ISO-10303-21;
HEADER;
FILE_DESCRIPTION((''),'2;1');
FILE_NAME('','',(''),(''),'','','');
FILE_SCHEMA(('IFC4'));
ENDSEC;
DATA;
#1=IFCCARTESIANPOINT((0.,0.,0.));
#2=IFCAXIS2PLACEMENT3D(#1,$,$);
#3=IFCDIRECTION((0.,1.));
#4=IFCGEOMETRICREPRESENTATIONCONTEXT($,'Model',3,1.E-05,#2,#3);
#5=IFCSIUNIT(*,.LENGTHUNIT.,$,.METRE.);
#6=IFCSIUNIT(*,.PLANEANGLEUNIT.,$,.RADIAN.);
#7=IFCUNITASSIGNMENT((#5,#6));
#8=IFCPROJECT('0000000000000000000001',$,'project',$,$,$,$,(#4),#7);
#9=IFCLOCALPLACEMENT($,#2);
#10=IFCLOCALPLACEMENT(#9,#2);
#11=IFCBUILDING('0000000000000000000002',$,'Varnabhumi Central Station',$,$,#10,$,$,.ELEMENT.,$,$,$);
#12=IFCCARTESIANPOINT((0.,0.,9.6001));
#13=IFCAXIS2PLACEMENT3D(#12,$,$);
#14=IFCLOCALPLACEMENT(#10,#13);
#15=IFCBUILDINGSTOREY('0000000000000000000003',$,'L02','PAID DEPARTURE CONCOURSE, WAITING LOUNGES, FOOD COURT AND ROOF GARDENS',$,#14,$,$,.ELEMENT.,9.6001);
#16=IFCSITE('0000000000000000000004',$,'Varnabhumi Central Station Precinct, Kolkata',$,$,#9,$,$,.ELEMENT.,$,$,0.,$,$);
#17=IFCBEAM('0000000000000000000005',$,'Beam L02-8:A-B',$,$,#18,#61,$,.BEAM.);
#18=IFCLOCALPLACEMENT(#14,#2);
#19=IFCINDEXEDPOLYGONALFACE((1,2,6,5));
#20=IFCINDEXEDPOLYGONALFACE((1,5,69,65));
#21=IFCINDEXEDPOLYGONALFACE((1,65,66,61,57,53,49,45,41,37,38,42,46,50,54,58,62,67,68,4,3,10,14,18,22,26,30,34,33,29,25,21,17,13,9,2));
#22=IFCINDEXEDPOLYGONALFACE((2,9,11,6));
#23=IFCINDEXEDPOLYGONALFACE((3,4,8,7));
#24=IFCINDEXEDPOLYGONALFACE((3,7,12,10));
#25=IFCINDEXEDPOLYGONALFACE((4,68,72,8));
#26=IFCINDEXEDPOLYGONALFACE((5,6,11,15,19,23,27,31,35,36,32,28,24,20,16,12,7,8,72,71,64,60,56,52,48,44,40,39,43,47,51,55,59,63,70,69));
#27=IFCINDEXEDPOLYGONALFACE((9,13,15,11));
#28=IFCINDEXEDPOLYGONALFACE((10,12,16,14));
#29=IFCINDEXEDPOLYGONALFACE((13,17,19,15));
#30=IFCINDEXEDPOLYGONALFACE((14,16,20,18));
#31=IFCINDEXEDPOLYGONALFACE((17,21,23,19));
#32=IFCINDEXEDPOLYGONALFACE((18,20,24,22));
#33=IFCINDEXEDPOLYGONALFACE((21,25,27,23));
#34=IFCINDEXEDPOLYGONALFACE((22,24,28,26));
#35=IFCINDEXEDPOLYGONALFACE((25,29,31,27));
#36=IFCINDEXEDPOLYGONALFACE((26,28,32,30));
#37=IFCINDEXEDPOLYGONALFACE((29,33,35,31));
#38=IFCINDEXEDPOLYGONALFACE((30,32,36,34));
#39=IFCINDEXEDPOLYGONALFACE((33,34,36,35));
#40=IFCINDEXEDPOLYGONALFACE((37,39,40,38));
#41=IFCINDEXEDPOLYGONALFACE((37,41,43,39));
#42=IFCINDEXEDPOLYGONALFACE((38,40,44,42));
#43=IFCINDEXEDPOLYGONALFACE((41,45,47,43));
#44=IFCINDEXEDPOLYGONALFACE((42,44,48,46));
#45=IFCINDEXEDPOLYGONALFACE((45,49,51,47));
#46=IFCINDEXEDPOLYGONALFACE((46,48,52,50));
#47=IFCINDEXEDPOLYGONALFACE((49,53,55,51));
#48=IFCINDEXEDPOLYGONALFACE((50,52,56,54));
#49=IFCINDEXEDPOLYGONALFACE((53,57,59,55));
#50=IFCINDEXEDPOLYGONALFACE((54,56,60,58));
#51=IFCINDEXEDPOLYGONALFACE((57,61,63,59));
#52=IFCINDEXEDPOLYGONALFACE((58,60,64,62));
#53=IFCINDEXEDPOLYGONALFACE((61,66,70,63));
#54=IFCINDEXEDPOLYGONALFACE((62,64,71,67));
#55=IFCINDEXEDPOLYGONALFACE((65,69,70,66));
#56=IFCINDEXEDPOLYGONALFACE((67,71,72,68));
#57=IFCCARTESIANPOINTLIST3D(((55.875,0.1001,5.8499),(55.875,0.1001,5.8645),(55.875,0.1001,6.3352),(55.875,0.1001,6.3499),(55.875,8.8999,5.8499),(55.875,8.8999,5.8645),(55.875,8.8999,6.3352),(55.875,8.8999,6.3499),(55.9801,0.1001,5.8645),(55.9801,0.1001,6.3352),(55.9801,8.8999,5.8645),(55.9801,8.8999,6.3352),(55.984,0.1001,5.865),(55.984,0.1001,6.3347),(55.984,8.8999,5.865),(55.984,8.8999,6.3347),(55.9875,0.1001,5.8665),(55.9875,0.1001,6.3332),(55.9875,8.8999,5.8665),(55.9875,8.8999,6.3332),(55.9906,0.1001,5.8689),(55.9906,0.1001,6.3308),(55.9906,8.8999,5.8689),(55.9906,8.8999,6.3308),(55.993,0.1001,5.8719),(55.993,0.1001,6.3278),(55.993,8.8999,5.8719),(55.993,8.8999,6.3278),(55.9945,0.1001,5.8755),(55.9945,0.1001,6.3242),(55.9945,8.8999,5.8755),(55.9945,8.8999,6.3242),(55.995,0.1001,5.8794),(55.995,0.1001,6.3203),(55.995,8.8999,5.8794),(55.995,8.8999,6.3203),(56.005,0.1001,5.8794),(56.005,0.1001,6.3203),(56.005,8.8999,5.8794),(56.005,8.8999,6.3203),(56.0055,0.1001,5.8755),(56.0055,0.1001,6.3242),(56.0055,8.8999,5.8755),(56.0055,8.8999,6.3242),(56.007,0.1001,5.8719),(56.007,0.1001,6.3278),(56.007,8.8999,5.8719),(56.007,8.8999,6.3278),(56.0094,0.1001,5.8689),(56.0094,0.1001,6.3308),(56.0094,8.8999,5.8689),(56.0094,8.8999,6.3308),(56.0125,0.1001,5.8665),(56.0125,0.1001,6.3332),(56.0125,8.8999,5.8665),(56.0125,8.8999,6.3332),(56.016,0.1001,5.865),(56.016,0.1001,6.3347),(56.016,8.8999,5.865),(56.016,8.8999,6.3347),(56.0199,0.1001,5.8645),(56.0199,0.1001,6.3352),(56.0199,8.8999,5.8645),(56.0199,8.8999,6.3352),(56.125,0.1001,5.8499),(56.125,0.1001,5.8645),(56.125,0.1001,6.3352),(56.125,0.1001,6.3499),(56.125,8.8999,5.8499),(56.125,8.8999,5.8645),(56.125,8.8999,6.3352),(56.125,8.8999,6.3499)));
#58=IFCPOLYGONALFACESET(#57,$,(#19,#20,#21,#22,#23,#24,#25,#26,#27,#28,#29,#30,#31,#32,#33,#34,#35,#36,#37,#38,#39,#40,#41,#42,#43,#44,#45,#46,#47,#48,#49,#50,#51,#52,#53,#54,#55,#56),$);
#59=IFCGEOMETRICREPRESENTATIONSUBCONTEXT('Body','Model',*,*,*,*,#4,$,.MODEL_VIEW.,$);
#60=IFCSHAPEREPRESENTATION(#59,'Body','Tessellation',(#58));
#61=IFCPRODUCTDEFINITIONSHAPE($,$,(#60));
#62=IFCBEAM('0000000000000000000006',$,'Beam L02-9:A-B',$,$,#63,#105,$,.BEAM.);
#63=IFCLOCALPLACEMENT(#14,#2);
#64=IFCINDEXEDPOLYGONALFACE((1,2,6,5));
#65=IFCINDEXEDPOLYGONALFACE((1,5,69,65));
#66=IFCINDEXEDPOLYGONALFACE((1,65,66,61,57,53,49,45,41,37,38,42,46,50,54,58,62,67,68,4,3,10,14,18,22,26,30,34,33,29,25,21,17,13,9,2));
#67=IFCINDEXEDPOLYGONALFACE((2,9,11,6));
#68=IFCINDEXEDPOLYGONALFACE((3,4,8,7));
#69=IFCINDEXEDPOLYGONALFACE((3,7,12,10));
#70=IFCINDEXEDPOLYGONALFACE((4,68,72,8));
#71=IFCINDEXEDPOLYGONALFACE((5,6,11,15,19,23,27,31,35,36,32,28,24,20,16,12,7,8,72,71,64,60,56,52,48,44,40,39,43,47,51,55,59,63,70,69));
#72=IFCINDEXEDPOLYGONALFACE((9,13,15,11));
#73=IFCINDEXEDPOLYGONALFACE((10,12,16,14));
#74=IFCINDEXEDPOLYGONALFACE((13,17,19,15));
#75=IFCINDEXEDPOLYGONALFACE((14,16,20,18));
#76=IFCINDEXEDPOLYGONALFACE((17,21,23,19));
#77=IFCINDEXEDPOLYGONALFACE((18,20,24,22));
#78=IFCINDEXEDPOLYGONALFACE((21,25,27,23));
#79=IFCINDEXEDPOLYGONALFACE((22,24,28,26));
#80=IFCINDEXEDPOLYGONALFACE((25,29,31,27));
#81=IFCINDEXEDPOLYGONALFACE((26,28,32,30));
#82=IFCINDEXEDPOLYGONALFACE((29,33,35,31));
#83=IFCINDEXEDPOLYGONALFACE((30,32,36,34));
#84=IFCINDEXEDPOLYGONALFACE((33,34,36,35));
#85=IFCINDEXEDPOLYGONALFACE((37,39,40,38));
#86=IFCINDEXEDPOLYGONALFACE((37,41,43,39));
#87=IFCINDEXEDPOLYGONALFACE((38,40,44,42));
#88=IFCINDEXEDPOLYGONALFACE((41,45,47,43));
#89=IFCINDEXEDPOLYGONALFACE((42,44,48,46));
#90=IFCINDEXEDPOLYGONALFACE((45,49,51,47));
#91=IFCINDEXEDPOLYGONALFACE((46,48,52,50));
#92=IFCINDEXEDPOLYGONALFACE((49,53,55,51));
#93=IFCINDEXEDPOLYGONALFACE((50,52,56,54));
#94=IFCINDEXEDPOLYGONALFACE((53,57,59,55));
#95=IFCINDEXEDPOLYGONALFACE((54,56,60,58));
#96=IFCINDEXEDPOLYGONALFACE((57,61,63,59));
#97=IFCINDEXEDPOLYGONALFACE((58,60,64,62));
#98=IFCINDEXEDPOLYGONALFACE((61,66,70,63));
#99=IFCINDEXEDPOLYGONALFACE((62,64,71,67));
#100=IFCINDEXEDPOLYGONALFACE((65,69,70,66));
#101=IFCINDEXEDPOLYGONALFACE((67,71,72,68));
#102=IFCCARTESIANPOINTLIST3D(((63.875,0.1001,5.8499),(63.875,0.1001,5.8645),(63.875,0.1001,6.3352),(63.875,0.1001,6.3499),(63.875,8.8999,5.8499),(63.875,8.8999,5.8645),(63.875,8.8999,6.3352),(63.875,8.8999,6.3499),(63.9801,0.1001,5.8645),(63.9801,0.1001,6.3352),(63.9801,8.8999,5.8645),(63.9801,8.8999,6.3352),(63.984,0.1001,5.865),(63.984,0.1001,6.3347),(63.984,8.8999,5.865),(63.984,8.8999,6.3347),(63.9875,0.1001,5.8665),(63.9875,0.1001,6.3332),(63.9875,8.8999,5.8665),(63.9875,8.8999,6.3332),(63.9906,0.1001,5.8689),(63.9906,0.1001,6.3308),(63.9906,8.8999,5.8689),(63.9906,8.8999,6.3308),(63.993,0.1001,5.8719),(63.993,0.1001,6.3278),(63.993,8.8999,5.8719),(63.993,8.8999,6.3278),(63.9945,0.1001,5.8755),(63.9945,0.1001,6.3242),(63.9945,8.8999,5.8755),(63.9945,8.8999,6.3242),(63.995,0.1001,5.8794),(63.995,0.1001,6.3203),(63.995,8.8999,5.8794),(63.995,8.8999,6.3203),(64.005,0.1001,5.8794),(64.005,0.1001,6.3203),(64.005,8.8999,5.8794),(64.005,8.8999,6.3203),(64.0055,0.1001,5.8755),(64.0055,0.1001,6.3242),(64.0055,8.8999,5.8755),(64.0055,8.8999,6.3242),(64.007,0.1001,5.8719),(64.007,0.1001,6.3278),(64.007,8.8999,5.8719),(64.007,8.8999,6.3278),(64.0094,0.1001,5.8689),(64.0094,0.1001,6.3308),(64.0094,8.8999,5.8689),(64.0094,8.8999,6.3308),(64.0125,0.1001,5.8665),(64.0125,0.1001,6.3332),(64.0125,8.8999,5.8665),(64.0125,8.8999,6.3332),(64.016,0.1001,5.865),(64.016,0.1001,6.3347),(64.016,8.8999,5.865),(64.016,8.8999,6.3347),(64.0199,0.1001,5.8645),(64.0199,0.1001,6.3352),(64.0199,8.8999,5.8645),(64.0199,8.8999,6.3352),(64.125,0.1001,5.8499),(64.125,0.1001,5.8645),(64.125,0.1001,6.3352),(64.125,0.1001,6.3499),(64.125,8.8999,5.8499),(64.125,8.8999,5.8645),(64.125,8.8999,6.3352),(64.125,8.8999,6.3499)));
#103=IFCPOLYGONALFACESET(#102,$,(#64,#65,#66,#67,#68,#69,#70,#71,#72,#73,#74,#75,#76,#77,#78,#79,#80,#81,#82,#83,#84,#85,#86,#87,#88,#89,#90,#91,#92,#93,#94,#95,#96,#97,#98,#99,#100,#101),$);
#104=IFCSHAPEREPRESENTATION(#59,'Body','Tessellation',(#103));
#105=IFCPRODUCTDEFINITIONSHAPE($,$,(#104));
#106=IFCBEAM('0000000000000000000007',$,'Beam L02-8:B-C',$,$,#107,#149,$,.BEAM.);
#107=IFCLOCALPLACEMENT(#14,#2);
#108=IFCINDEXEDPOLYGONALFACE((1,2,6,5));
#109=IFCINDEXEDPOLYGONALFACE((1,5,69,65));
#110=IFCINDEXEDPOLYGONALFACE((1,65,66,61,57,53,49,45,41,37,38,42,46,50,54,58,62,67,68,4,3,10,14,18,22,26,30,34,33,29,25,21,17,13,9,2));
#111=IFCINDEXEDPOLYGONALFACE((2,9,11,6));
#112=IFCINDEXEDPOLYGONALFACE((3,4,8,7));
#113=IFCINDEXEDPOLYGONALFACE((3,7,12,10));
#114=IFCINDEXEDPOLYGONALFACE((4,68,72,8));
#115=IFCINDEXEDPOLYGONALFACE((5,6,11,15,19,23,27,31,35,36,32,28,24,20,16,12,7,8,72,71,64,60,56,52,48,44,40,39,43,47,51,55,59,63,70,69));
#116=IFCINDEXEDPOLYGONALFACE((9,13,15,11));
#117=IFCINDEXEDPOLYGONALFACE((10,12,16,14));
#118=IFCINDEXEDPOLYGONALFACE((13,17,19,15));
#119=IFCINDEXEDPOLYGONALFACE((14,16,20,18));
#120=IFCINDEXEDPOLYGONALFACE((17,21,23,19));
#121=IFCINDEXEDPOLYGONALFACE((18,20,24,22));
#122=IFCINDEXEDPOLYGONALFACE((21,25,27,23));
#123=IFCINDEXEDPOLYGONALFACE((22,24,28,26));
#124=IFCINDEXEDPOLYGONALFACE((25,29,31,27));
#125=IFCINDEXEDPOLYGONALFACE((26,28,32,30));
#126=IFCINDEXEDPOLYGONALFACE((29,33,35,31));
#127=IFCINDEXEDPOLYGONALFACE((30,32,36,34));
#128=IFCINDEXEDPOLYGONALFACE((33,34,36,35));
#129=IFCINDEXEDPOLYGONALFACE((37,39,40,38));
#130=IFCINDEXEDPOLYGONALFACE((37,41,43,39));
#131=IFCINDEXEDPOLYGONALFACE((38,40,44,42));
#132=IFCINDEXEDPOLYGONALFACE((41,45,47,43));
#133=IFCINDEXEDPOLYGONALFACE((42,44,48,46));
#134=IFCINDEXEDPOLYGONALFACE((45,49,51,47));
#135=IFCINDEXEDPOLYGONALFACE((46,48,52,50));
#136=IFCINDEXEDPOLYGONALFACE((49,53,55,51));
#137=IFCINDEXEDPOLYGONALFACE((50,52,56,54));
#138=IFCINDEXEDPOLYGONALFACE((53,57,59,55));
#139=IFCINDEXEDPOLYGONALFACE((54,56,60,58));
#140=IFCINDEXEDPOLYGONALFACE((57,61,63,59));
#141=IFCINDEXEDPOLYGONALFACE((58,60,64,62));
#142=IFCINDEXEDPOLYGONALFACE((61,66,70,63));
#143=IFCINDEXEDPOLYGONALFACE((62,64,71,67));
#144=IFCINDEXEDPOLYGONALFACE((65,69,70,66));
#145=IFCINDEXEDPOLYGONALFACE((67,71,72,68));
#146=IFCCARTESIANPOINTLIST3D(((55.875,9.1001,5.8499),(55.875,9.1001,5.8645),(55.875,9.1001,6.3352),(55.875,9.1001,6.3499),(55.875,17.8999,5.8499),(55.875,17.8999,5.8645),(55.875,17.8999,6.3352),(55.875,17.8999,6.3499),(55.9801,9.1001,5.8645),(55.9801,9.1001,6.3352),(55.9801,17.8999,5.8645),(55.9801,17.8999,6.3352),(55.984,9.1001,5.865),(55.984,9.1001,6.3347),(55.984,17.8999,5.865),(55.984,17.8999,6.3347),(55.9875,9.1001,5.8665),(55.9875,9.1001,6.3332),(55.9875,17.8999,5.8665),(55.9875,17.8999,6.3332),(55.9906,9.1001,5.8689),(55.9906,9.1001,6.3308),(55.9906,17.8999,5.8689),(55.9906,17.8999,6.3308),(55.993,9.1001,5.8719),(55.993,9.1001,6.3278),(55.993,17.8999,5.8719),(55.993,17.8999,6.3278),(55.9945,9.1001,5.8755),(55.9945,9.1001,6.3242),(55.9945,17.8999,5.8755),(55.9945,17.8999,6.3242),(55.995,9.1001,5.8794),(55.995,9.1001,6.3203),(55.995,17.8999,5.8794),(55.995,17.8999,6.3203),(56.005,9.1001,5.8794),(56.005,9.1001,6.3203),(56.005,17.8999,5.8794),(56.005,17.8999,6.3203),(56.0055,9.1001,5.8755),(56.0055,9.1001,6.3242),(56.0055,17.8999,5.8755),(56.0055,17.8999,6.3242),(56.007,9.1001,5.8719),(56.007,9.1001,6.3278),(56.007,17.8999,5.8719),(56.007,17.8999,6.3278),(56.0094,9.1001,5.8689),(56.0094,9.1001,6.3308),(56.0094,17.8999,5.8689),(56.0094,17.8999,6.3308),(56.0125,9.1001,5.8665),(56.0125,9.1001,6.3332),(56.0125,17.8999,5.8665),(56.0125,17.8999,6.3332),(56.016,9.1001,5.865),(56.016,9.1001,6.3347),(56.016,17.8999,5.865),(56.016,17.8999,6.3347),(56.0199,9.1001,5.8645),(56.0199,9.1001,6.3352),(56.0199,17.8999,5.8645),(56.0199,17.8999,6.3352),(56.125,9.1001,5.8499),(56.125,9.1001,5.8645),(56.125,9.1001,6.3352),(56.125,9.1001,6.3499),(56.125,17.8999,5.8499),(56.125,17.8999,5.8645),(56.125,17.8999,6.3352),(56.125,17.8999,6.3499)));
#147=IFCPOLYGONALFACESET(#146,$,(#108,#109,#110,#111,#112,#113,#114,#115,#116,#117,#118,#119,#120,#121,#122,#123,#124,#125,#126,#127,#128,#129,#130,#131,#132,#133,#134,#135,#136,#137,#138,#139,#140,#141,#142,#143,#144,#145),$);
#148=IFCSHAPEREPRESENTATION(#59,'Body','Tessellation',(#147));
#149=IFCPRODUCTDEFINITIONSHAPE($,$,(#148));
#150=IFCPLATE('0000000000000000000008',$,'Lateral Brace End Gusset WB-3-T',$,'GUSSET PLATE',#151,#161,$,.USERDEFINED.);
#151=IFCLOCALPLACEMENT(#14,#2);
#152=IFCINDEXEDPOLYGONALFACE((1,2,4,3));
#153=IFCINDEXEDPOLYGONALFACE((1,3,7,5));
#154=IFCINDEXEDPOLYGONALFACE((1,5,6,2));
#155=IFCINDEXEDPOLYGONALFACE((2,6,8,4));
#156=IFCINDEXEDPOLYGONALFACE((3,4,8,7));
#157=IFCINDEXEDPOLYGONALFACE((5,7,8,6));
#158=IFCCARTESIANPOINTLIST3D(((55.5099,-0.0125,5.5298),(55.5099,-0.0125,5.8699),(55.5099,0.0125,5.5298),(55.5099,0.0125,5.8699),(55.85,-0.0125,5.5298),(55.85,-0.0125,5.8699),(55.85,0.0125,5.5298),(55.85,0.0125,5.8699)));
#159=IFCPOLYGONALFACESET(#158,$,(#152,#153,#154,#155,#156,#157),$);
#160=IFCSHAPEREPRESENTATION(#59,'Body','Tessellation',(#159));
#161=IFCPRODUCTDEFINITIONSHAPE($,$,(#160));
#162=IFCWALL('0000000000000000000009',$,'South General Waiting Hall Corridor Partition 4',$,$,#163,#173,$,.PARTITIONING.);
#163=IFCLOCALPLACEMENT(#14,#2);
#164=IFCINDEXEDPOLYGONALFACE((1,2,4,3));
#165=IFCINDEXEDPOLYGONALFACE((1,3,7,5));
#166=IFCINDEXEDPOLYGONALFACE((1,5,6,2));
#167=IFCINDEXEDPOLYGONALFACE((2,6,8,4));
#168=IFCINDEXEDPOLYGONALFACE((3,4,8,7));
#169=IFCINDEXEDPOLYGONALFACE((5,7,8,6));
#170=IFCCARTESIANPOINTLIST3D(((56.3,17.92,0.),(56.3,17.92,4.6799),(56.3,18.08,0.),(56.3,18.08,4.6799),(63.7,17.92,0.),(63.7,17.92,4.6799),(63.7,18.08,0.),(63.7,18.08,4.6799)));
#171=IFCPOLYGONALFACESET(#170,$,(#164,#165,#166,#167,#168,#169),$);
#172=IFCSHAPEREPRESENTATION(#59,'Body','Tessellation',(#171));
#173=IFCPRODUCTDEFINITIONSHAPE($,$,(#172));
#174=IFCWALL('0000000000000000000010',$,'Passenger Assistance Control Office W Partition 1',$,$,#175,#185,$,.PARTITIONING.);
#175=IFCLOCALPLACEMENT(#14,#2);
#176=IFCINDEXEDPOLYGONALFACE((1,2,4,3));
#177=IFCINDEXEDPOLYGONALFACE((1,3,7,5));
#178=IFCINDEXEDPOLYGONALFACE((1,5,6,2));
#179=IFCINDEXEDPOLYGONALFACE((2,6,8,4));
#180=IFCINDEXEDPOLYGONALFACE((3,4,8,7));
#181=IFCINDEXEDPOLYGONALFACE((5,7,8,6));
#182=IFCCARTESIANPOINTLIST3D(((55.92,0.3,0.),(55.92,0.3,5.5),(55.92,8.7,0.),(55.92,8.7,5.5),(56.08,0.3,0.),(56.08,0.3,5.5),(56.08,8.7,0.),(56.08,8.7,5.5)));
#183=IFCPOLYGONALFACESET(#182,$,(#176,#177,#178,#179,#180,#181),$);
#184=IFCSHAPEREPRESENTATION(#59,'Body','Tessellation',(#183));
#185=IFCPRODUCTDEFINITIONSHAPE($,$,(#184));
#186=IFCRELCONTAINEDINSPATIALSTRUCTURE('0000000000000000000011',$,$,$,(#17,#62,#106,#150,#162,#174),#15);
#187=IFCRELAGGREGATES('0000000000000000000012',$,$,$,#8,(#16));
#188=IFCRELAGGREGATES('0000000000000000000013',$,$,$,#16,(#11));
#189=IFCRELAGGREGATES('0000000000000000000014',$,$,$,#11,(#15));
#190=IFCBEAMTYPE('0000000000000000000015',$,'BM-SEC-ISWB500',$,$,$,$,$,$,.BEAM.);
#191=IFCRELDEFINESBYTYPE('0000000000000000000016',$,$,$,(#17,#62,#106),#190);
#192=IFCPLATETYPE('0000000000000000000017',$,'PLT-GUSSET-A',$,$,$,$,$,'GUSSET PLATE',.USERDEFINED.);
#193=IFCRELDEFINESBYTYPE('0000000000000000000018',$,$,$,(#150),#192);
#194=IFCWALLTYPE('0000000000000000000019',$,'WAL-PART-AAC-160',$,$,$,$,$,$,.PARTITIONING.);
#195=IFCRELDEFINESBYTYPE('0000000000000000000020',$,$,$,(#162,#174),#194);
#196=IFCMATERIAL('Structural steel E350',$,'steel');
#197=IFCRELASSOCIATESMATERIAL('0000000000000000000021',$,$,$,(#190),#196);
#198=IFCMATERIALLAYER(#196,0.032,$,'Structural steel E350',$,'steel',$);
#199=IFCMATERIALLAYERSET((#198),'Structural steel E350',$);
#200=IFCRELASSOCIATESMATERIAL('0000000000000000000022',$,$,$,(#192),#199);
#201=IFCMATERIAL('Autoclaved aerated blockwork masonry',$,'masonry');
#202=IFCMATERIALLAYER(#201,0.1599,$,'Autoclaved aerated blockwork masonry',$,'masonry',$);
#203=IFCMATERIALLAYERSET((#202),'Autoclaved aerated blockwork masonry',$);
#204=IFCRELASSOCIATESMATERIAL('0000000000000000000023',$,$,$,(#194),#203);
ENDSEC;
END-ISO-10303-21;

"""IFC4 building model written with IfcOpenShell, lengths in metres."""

from ifc_helpers import new_model, si_unit, direction, frame, frame_2d, origin, origin_2d, place, context, subcontext, project, spatial, rectangle, i_section, extrude, material, layer, layer_set, material_profile, profile_set, type_object, element, save


model = new_model("IFC4")

# Units and contexts
model_context = context("Model", 3, precision=1e-05, world=origin(), true_north=direction((0.0, 1.0)))
body_context = subcontext(model_context, "Body", "Model", "MODEL_VIEW")
ifc_project = project(units=[si_unit("LENGTHUNIT", "METRE"), si_unit("PLANEANGLEUNIT", "RADIAN")], contexts=[model_context])

# Site, building, storey
site_placement = place(None, origin())
site = spatial("IfcSite", under=ifc_project, at=site_placement, Name="Varnabhumi Central Station Precinct, Kolkata", CompositionType="ELEMENT", RefElevation=0.0)
building_placement = place(site_placement, origin())
building = spatial("IfcBuilding", under=site, at=building_placement, Name="Varnabhumi Central Station", CompositionType="ELEMENT")
storey_placement = place(building_placement, frame((0.0, 0.0, 9.6001)))
storey = spatial("IfcBuildingStorey", under=building, at=storey_placement, Name="L02", Description="PAID DEPARTURE CONCOURSE, WAITING LOUNGES, FOOD COURT AND ROOF GARDENS", CompositionType="ELEMENT", Elevation=9.6001)

# Beams
ifc_material_1 = material(Name="Structural steel E350", Category="steel")
ifc_material_profile_1 = material_profile(ifc_material_1, i_section(OverallWidth=0.25, OverallDepth=0.5, WebThickness=0.01, FlangeThickness=0.0146, FilletRadius=0.0149, at=origin_2d()), Name="Structural steel E350", Category="steel")
ifc_profile_set_1 = profile_set([ifc_material_profile_1], Name="Structural steel E350")
beam_type_1 = type_object("IfcBeamType", Name="BM-SEC-ISWB500", PredefinedType="BEAM", material=ifc_profile_set_1)
for number, where, z_axis, x_axis, name in (
    (1, (56.0, 0.1001, 6.0999), (0.0, 1.0, 0.0), (-1.0, 0.0, 0.0), "Beam L02-8:A-B"),
    (2, (64.0, 0.1001, 6.0999), (0.0, 1.0, 0.0), (-1.0, 0.0, 0.0), "Beam L02-9:A-B"),
    (3, (56.0, 9.1001, 6.0999), (0.0, 1.0, 0.0), (-1.0, 0.0, 0.0), "Beam L02-8:B-C"),
):
    element("IfcBeam", number, at=place(storey_placement, frame(where, z_axis=z_axis, x_axis=x_axis)), inside=storey, type_object=beam_type_1, Name=name, PredefinedType="BEAM", context=body_context, shape_type="SweptSolid", body=[
        extrude(i_section(OverallWidth=0.25, OverallDepth=0.5, WebThickness=0.01, FlangeThickness=0.0146, FilletRadius=0.0149, at=origin_2d()), origin(), (0.0, 0.0, 1.0), 8.7998),
    ])

# Plate
ifc_layer_1 = layer(ifc_material_1, 0.032, Name="Structural steel E350", Category="steel")
ifc_layer_set_1 = layer_set([ifc_layer_1], Name="Structural steel E350")
plate_type = type_object("IfcPlateType", Name="PLT-GUSSET-A", ElementType="GUSSET PLATE", PredefinedType="USERDEFINED", material=ifc_layer_set_1)
plate_placement = place(storey_placement, frame((55.6799, 0.0, 5.5298), z_axis=(0.0, 0.0, 1.0), x_axis=(1.0, 0.0, 0.0)))
element("IfcPlate", 4, at=plate_placement, inside=storey, type_object=plate_type, Name="Lateral Brace End Gusset WB-3-T", ObjectType="GUSSET PLATE", PredefinedType="USERDEFINED", context=body_context, shape_type="SweptSolid", body=[
    extrude(rectangle(XDim=0.3401, YDim=0.0249, at=origin_2d()), origin(), (0.0, 0.0, 1.0), 0.3401),
])

# Walls
ifc_material_2 = material(Name="Autoclaved aerated blockwork masonry", Category="masonry")
ifc_layer_2 = layer(ifc_material_2, 0.1599, Name="Autoclaved aerated blockwork masonry", Category="masonry")
ifc_layer_set_2 = layer_set([ifc_layer_2], Name="Autoclaved aerated blockwork masonry")
wall_type_1 = type_object("IfcWallType", Name="WAL-PART-AAC-160", PredefinedType="PARTITIONING", material=ifc_layer_set_2)
wall_1_placement = place(storey_placement, frame((56.3, 18.0, 0.0), z_axis=(0.0, 0.0, 1.0), x_axis=(1.0, 0.0, 0.0)))
element("IfcWall", 5, at=wall_1_placement, inside=storey, type_object=wall_type_1, Name="South General Waiting Hall Corridor Partition 4", PredefinedType="PARTITIONING", context=body_context, shape_type="SweptSolid", body=[
    extrude(rectangle(XDim=7.3999, YDim=0.1599, at=frame_2d((3.7, 0.0))), origin(), (0.0, 0.0, 1.0), 4.6799),
])
wall_2_placement = place(storey_placement, frame((56.0, 0.3, 0.0), z_axis=(0.0, 0.0, 1.0), x_axis=(0.0, 1.0, 0.0)))
element("IfcWall", 6, at=wall_2_placement, inside=storey, type_object=wall_type_1, Name="Passenger Assistance Control Office W Partition 1", PredefinedType="PARTITIONING", context=body_context, shape_type="SweptSolid", body=[
    extrude(rectangle(XDim=8.3999, YDim=0.1599, at=frame_2d((4.2, 0.0))), origin(), (0.0, 0.0, 1.0), 5.5),
])

save(model, "model.ifc")
